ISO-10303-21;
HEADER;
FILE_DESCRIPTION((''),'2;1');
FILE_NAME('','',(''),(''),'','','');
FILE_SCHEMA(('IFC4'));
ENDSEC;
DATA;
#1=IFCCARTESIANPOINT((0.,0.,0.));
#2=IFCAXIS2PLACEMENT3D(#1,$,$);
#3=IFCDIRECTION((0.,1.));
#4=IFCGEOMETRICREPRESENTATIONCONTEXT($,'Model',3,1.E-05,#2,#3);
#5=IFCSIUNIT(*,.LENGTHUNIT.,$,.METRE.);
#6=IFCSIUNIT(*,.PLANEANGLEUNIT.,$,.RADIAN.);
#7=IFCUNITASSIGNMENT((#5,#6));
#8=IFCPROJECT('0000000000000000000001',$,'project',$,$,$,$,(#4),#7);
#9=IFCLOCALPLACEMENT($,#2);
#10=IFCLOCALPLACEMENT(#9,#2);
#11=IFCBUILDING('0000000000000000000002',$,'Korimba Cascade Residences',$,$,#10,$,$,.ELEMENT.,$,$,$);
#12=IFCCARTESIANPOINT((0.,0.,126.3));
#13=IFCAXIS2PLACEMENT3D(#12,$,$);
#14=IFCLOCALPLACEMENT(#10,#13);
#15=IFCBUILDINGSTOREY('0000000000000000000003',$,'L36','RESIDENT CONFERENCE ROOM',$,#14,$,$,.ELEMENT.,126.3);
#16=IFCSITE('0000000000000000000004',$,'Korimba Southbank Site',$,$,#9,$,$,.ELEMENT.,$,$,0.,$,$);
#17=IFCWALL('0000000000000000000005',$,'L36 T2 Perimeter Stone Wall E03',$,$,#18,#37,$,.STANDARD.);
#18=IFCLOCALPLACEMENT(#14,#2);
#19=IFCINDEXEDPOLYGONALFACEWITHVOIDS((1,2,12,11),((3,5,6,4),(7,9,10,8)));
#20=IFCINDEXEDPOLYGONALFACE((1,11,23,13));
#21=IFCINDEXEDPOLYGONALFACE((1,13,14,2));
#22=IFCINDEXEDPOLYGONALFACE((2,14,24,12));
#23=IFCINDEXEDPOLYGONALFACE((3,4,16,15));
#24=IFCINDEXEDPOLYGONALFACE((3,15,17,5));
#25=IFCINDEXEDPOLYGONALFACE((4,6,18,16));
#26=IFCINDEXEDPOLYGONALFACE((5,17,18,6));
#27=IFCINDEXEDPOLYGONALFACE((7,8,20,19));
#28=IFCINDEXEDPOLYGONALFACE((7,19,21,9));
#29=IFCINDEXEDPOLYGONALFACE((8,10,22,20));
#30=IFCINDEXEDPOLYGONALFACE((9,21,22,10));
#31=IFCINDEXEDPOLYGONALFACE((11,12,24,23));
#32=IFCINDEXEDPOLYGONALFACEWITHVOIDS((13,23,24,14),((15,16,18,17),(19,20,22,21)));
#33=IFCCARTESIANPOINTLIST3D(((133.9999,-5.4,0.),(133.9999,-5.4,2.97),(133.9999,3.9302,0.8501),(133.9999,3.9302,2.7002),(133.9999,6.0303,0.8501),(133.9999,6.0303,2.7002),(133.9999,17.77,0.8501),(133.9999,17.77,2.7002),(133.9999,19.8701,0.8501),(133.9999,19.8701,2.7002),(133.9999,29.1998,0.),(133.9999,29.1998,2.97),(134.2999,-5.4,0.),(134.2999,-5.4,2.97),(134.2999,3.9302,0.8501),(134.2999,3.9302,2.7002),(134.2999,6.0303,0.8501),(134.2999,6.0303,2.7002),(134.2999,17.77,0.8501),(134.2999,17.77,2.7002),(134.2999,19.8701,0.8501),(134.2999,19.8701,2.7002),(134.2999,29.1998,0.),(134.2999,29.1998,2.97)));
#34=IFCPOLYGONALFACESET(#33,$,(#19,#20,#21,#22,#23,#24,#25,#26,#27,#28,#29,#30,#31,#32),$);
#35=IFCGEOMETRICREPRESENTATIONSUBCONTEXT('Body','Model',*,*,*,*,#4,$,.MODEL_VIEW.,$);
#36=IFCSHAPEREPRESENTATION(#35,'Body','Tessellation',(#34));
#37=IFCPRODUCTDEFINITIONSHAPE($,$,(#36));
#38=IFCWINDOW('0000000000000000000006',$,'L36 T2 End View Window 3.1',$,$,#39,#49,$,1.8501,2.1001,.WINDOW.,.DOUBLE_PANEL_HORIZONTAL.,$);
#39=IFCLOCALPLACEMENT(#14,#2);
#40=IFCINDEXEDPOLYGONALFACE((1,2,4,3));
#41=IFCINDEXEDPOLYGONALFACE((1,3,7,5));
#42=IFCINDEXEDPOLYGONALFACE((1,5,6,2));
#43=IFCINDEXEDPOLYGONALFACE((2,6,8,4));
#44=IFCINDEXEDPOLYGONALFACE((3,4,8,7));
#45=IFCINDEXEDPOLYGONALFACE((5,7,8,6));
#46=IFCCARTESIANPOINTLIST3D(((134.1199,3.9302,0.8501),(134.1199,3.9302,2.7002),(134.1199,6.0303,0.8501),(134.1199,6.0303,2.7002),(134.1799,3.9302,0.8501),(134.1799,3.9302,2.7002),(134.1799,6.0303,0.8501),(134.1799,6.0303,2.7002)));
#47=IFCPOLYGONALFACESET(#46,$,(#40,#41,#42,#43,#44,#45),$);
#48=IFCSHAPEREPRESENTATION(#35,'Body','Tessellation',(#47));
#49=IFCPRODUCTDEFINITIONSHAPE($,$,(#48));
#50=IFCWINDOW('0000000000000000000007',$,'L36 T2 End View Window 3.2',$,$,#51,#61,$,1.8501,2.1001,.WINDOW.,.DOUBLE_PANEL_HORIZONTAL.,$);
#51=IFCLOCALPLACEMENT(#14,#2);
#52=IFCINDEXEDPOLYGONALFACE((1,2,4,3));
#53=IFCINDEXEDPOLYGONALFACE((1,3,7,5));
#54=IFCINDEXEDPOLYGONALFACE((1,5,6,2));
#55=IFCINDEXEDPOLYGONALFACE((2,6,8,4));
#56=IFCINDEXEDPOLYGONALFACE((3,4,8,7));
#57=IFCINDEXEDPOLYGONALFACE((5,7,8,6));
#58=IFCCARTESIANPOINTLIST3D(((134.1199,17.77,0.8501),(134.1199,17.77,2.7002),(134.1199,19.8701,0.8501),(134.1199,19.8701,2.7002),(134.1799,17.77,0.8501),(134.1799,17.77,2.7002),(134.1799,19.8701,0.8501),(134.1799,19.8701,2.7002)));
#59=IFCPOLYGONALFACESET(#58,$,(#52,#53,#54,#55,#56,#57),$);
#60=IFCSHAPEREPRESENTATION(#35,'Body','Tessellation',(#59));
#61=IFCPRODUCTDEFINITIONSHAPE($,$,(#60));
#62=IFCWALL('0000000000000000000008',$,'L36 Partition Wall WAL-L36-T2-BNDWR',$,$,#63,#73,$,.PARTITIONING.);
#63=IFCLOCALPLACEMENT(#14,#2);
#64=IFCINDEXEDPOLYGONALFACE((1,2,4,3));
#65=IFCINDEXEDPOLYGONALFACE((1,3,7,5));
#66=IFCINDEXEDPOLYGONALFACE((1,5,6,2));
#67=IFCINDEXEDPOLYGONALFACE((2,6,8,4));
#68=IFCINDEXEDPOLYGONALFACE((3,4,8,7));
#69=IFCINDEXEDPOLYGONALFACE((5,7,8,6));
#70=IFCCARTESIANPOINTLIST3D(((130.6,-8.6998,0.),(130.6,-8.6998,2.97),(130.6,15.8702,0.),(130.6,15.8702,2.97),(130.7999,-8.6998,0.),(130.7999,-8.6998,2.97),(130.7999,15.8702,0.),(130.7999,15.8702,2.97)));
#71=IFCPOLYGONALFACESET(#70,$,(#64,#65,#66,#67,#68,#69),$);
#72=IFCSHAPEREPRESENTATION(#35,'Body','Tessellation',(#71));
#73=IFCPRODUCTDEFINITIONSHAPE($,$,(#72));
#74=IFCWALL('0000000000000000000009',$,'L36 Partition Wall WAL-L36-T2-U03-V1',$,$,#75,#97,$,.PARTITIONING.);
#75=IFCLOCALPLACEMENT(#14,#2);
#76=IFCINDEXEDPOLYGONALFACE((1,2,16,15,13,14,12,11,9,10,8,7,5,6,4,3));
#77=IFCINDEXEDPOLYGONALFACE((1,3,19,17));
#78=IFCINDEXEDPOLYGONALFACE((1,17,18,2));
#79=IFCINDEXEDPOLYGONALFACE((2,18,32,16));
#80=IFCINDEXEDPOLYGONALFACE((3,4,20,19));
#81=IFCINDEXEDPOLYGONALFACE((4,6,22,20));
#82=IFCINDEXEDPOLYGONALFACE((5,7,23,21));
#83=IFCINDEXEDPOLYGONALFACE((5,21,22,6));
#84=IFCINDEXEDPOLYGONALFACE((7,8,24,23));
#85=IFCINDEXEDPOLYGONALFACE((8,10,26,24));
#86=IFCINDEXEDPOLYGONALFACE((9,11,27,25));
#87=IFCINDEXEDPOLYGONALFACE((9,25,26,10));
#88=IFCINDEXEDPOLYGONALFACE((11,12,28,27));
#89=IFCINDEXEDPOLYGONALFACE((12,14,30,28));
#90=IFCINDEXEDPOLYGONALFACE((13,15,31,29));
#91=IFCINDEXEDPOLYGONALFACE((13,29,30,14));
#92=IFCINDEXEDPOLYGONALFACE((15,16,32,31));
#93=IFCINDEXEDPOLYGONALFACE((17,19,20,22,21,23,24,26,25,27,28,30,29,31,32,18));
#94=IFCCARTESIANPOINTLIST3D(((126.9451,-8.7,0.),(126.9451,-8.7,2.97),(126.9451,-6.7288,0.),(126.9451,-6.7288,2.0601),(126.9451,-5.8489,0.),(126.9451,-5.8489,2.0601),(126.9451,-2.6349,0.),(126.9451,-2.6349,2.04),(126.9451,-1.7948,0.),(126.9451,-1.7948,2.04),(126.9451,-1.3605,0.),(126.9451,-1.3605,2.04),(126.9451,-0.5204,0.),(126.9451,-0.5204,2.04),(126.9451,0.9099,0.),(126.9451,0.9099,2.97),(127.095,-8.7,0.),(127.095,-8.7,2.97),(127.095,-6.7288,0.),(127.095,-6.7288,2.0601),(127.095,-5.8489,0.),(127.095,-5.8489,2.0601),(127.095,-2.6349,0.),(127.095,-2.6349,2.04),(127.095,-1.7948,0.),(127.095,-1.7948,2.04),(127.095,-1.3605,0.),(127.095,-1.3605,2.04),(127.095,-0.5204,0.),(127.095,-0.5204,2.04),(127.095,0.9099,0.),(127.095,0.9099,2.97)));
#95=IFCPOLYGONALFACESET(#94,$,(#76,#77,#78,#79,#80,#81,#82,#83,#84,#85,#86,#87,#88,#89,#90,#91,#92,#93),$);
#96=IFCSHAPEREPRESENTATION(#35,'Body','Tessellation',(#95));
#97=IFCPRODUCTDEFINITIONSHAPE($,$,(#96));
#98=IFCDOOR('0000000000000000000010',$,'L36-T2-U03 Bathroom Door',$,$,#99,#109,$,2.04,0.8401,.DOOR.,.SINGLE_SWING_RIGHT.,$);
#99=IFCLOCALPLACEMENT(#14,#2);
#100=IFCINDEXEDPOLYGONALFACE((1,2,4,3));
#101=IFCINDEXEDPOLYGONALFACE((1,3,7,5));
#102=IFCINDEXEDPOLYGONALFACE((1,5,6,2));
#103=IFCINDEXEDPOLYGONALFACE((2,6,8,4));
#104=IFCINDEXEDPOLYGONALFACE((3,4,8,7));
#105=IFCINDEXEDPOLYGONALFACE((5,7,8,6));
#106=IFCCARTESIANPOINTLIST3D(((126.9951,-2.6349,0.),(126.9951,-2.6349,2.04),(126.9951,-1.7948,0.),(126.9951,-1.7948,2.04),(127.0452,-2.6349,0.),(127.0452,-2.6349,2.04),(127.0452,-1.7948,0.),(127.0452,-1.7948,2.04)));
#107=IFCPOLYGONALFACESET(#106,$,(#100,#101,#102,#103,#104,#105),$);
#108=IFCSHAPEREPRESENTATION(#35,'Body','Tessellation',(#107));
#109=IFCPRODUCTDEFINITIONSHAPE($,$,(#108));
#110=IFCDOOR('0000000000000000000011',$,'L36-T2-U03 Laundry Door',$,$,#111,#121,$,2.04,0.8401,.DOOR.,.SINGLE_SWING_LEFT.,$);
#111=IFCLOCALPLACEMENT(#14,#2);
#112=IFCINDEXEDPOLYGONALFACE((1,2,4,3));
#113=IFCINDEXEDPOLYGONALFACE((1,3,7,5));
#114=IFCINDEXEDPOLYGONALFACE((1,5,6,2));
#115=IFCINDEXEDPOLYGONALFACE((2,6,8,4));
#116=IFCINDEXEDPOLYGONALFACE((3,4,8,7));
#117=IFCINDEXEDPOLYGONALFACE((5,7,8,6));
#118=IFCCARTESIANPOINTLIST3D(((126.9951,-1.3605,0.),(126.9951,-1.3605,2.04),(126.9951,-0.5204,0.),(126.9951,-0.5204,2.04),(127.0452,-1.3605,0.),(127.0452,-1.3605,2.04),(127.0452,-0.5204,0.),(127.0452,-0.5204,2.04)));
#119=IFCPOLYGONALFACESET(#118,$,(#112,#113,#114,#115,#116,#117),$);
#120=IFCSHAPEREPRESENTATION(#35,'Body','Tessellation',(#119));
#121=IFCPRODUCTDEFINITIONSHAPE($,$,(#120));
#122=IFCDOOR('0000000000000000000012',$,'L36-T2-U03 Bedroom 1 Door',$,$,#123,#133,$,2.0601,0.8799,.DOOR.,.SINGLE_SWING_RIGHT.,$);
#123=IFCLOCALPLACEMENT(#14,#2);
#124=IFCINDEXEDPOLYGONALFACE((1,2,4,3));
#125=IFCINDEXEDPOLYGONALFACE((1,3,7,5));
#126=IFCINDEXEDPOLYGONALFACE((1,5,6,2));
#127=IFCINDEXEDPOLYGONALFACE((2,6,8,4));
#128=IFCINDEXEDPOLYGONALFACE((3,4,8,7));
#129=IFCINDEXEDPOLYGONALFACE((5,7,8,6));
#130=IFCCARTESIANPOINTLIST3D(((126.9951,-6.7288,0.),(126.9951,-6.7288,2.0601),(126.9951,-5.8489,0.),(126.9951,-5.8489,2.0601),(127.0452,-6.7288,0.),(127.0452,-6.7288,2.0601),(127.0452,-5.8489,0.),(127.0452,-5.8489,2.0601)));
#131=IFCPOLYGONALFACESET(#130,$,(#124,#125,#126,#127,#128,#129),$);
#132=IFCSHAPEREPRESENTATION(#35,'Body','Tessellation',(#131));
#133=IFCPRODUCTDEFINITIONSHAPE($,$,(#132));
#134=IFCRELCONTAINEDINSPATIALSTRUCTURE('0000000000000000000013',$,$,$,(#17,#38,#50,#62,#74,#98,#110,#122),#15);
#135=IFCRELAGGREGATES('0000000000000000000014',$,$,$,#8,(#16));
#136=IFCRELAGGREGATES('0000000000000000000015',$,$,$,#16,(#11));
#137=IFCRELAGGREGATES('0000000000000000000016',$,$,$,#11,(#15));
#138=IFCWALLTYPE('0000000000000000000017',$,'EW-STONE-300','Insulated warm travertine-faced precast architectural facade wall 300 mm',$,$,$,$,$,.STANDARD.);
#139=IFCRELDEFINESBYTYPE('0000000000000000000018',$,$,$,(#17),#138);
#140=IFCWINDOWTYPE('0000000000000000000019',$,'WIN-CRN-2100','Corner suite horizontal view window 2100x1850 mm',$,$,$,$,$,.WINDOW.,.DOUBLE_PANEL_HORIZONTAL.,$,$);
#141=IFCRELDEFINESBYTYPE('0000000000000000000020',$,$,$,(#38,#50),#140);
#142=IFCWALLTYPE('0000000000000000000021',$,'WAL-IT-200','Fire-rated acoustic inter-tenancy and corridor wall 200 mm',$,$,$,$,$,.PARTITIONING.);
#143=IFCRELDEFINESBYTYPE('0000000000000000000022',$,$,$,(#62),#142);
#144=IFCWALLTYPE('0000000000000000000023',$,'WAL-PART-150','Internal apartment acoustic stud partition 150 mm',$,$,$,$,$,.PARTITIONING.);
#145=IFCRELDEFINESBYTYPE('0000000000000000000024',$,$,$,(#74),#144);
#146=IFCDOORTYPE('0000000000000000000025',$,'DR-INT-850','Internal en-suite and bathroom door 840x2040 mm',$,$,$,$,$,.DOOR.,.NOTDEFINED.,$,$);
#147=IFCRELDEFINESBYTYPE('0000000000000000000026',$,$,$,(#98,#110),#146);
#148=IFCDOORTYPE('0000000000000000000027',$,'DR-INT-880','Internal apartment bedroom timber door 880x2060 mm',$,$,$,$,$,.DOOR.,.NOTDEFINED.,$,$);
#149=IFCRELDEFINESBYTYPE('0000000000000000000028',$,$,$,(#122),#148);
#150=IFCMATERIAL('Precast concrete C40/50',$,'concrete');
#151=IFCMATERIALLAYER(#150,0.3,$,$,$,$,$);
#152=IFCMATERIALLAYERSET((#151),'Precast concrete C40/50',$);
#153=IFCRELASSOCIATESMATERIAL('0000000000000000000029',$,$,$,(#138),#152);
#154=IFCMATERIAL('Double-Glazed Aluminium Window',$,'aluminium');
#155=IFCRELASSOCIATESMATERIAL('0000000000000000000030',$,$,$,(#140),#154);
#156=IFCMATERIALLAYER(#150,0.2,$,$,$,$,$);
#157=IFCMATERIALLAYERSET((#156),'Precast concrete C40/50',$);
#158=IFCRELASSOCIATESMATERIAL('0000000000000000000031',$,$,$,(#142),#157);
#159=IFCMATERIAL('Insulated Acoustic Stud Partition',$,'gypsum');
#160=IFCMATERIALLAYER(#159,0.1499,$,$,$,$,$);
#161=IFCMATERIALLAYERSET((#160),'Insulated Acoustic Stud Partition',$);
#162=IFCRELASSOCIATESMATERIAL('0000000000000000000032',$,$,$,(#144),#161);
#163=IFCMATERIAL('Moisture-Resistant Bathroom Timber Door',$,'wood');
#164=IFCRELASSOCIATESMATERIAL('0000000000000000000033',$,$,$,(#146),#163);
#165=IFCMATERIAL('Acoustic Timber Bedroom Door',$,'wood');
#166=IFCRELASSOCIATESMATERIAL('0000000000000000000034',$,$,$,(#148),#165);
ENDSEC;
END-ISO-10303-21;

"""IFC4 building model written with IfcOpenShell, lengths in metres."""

from ifc_helpers import new_model, si_unit, direction, frame, frame_2d, origin, place, context, subcontext, project, spatial, rectangle, extrude, material, layer, layer_set, type_object, element, fill, save


model = new_model("IFC4")

# Units and contexts
model_context = context("Model", 3, precision=1e-05, world=origin(), true_north=direction((0.0, 1.0)))
body_context = subcontext(model_context, "Body", "Model", "MODEL_VIEW")
ifc_project = project(units=[si_unit("LENGTHUNIT", "METRE"), si_unit("PLANEANGLEUNIT", "RADIAN")], contexts=[model_context])

# Site, building, storey
site_placement = place(None, origin())
site = spatial("IfcSite", under=ifc_project, at=site_placement, Name="Korimba Southbank Site", CompositionType="ELEMENT", RefElevation=0.0)
building_placement = place(site_placement, origin())
building = spatial("IfcBuilding", under=site, at=building_placement, Name="Korimba Cascade Residences", CompositionType="ELEMENT")
storey_placement = place(building_placement, frame((0.0, 0.0, 126.3)))
storey = spatial("IfcBuildingStorey", under=building, at=storey_placement, Name="L36", Description="RESIDENT CONFERENCE ROOM", CompositionType="ELEMENT", Elevation=126.3)

# Shared definitions
ifc_material_1 = material(Name="Precast concrete C40/50", Category="concrete")
ifc_layer_1 = layer(ifc_material_1, 0.3)
ifc_layer_set_1 = layer_set([ifc_layer_1], Name="Precast concrete C40/50")
wall_type_1 = type_object("IfcWallType", Name="EW-STONE-300", Description="Insulated warm travertine-faced precast architectural facade wall 300 mm", PredefinedType="STANDARD", material=ifc_layer_set_1)

# Wall, openings, windows
wall_1_placement = place(storey_placement, frame((134.1499, -5.3999, 0.0), z_axis=(0.0, 0.0, 1.0), x_axis=(0.0, 1.0, 0.0)))
wall_1 = element("IfcWall", 1, at=wall_1_placement, inside=storey, type_object=wall_type_1, Name="L36 T2 Perimeter Stone Wall E03", PredefinedType="STANDARD", context=body_context, shape_type="SweptSolid", body=[
    extrude(rectangle(XDim=34.5999, YDim=0.3, at=frame_2d((17.2998, 0.0))), origin(), (0.0, 0.0, 1.0), 2.97),
])
opening_1_placement = place(wall_1_placement, frame((9.3301, 0.0, 0.8501)))
opening_1 = element("IfcOpeningElement", 2, at=opening_1_placement, cuts=wall_1, PredefinedType="OPENING", context=body_context, shape_type="SweptSolid", body=[
    extrude(rectangle(XDim=2.1001, YDim=1.8501, at=frame_2d((1.05, 0.925))), frame((0.0, 0.1602, 0.0), z_axis=(0.0, -1.0, 0.0), x_axis=(1.0, 0.0, 0.0)), (0.0, 0.0, 1.0), 0.3201),
])
opening_2_placement = place(wall_1_placement, frame((23.1699, 0.0, 0.8501)))
opening_2 = element("IfcOpeningElement", 3, at=opening_2_placement, cuts=wall_1, PredefinedType="OPENING", context=body_context, shape_type="SweptSolid", body=[
    extrude(rectangle(XDim=2.1001, YDim=1.8501, at=frame_2d((1.05, 0.925))), frame((0.0, 0.1602, 0.0), z_axis=(0.0, -1.0, 0.0), x_axis=(1.0, 0.0, 0.0)), (0.0, 0.0, 1.0), 0.3201),
])
ifc_material_2 = material(Name="Double-Glazed Aluminium Window", Category="aluminium")
window_type = type_object("IfcWindowType", Name="WIN-CRN-2100", Description="Corner suite horizontal view window 2100x1850 mm", PartitioningType="DOUBLE_PANEL_HORIZONTAL", PredefinedType="WINDOW", material=ifc_material_2)
window_1_placement = place(opening_1_placement, origin())
window_1 = element("IfcWindow", 4, at=window_1_placement, inside=storey, type_object=window_type, Name="L36 T2 End View Window 3.1", OverallHeight=1.8501, OverallWidth=2.1001, PartitioningType="DOUBLE_PANEL_HORIZONTAL", PredefinedType="WINDOW", context=body_context, shape_type="SweptSolid", body=[
    extrude(rectangle(XDim=2.1001, YDim=1.8501, at=frame_2d((1.05, 0.925))), frame((0.0, 0.03, 0.0), z_axis=(0.0, -1.0, 0.0), x_axis=(1.0, 0.0, 0.0)), (0.0, 0.0, 1.0), 0.0601),
])
fill(opening_1, window_1)
window_2_placement = place(opening_2_placement, origin())
window_2 = element("IfcWindow", 5, at=window_2_placement, inside=storey, type_object=window_type, Name="L36 T2 End View Window 3.2", OverallHeight=1.8501, OverallWidth=2.1001, PartitioningType="DOUBLE_PANEL_HORIZONTAL", PredefinedType="WINDOW", context=body_context, shape_type="SweptSolid", body=[
    extrude(rectangle(XDim=2.1001, YDim=1.8501, at=frame_2d((1.05, 0.925))), frame((0.0, 0.03, 0.0), z_axis=(0.0, -1.0, 0.0), x_axis=(1.0, 0.0, 0.0)), (0.0, 0.0, 1.0), 0.0601),
])
fill(opening_2, window_2)

# Wall
ifc_layer_2 = layer(ifc_material_1, 0.2)
ifc_layer_set_2 = layer_set([ifc_layer_2], Name="Precast concrete C40/50")
wall_type_2 = type_object("IfcWallType", Name="WAL-IT-200", Description="Fire-rated acoustic inter-tenancy and corridor wall 200 mm", PredefinedType="PARTITIONING", material=ifc_layer_set_2)
wall_2_placement = place(storey_placement, frame((130.7, -8.7, 0.0), z_axis=(0.0, 0.0, 1.0), x_axis=(0.0, 1.0, 0.0)))
element("IfcWall", 6, at=wall_2_placement, inside=storey, type_object=wall_type_2, Name="L36 Partition Wall WAL-L36-T2-BNDWR", PredefinedType="PARTITIONING", context=body_context, shape_type="SweptSolid", body=[
    extrude(rectangle(XDim=24.5701, YDim=0.2, at=frame_2d((12.2852, 0.0))), origin(), (0.0, 0.0, 1.0), 2.97),
])

# Wall, openings, doors
ifc_material_3 = material(Name="Insulated Acoustic Stud Partition", Category="gypsum")
ifc_layer_3 = layer(ifc_material_3, 0.1499)
ifc_layer_set_3 = layer_set([ifc_layer_3], Name="Insulated Acoustic Stud Partition")
wall_type_3 = type_object("IfcWallType", Name="WAL-PART-150", Description="Internal apartment acoustic stud partition 150 mm", PredefinedType="PARTITIONING", material=ifc_layer_set_3)
wall_3_placement = place(storey_placement, frame((127.02, -8.7, 0.0), z_axis=(0.0, 0.0, 1.0), x_axis=(0.0, 1.0, 0.0)))
wall_3 = element("IfcWall", 7, at=wall_3_placement, inside=storey, type_object=wall_type_3, Name="L36 Partition Wall WAL-L36-T2-U03-V1", PredefinedType="PARTITIONING", context=body_context, shape_type="SweptSolid", body=[
    extrude(rectangle(XDim=9.6099, YDim=0.1499, at=frame_2d((4.8049, 0.0))), origin(), (0.0, 0.0, 1.0), 2.97),
])
opening_3_placement = place(wall_3_placement, frame((6.0652, 0.0, 0.0)))
opening_3 = element("IfcOpeningElement", 8, at=opening_3_placement, cuts=wall_3, PredefinedType="OPENING", context=body_context, shape_type="SweptSolid", body=[
    extrude(rectangle(XDim=0.8401, YDim=2.04, at=frame_2d((0.4199, 1.02))), frame((0.0, 0.085, 0.0), z_axis=(0.0, -1.0, 0.0), x_axis=(1.0, 0.0, 0.0)), (0.0, 0.0, 1.0), 0.1699),
])
opening_4_placement = place(wall_3_placement, frame((7.3396, 0.0, 0.0)))
opening_4 = element("IfcOpeningElement", 9, at=opening_4_placement, cuts=wall_3, PredefinedType="OPENING", context=body_context, shape_type="SweptSolid", body=[
    extrude(rectangle(XDim=0.8401, YDim=2.04, at=frame_2d((0.4199, 1.02))), frame((0.0, 0.085, 0.0), z_axis=(0.0, -1.0, 0.0), x_axis=(1.0, 0.0, 0.0)), (0.0, 0.0, 1.0), 0.1699),
])
opening_5_placement = place(wall_3_placement, frame((1.9712, 0.0, 0.0)))
opening_5 = element("IfcOpeningElement", 10, at=opening_5_placement, cuts=wall_3, PredefinedType="OPENING", context=body_context, shape_type="SweptSolid", body=[
    extrude(rectangle(XDim=0.8799, YDim=2.0601, at=frame_2d((0.4399, 1.03))), frame((0.0, 0.085, 0.0), z_axis=(0.0, -1.0, 0.0), x_axis=(1.0, 0.0, 0.0)), (0.0, 0.0, 1.0), 0.1699),
])
ifc_material_4 = material(Name="Moisture-Resistant Bathroom Timber Door", Category="wood")
door_type_1 = type_object("IfcDoorType", Name="DR-INT-850", Description="Internal en-suite and bathroom door 840x2040 mm", OperationType="NOTDEFINED", PredefinedType="DOOR", material=ifc_material_4)
door_1_placement = place(opening_3_placement, origin())
door_1 = element("IfcDoor", 11, at=door_1_placement, inside=storey, type_object=door_type_1, Name="L36-T2-U03 Bathroom Door", OperationType="SINGLE_SWING_RIGHT", OverallHeight=2.04, OverallWidth=0.8401, PredefinedType="DOOR", context=body_context, shape_type="SweptSolid", body=[
    extrude(rectangle(XDim=0.8401, YDim=2.04, at=frame_2d((0.4199, 1.02))), frame((0.0, 0.0249, 0.0), z_axis=(0.0, -1.0, 0.0), x_axis=(1.0, 0.0, 0.0)), (0.0, 0.0, 1.0), 0.05),
])
fill(opening_3, door_1)
door_2_placement = place(opening_4_placement, origin())
door_2 = element("IfcDoor", 12, at=door_2_placement, inside=storey, type_object=door_type_1, Name="L36-T2-U03 Laundry Door", OperationType="SINGLE_SWING_LEFT", OverallHeight=2.04, OverallWidth=0.8401, PredefinedType="DOOR", context=body_context, shape_type="SweptSolid", body=[
    extrude(rectangle(XDim=0.8401, YDim=2.04, at=frame_2d((0.4199, 1.02))), frame((0.0, 0.0249, 0.0), z_axis=(0.0, -1.0, 0.0), x_axis=(1.0, 0.0, 0.0)), (0.0, 0.0, 1.0), 0.05),
])
fill(opening_4, door_2)
ifc_material_5 = material(Name="Acoustic Timber Bedroom Door", Category="wood")
door_type_2 = type_object("IfcDoorType", Name="DR-INT-880", Description="Internal apartment bedroom timber door 880x2060 mm", OperationType="NOTDEFINED", PredefinedType="DOOR", material=ifc_material_5)
door_3_placement = place(opening_5_placement, origin())
door_3 = element("IfcDoor", 13, at=door_3_placement, inside=storey, type_object=door_type_2, Name="L36-T2-U03 Bedroom 1 Door", OperationType="SINGLE_SWING_RIGHT", OverallHeight=2.0601, OverallWidth=0.8799, PredefinedType="DOOR", context=body_context, shape_type="SweptSolid", body=[
    extrude(rectangle(XDim=0.8799, YDim=2.0601, at=frame_2d((0.4399, 1.03))), frame((0.0, 0.0249, 0.0), z_axis=(0.0, -1.0, 0.0), x_axis=(1.0, 0.0, 0.0)), (0.0, 0.0, 1.0), 0.05),
])
fill(opening_5, door_3)

save(model, "model.ifc")
